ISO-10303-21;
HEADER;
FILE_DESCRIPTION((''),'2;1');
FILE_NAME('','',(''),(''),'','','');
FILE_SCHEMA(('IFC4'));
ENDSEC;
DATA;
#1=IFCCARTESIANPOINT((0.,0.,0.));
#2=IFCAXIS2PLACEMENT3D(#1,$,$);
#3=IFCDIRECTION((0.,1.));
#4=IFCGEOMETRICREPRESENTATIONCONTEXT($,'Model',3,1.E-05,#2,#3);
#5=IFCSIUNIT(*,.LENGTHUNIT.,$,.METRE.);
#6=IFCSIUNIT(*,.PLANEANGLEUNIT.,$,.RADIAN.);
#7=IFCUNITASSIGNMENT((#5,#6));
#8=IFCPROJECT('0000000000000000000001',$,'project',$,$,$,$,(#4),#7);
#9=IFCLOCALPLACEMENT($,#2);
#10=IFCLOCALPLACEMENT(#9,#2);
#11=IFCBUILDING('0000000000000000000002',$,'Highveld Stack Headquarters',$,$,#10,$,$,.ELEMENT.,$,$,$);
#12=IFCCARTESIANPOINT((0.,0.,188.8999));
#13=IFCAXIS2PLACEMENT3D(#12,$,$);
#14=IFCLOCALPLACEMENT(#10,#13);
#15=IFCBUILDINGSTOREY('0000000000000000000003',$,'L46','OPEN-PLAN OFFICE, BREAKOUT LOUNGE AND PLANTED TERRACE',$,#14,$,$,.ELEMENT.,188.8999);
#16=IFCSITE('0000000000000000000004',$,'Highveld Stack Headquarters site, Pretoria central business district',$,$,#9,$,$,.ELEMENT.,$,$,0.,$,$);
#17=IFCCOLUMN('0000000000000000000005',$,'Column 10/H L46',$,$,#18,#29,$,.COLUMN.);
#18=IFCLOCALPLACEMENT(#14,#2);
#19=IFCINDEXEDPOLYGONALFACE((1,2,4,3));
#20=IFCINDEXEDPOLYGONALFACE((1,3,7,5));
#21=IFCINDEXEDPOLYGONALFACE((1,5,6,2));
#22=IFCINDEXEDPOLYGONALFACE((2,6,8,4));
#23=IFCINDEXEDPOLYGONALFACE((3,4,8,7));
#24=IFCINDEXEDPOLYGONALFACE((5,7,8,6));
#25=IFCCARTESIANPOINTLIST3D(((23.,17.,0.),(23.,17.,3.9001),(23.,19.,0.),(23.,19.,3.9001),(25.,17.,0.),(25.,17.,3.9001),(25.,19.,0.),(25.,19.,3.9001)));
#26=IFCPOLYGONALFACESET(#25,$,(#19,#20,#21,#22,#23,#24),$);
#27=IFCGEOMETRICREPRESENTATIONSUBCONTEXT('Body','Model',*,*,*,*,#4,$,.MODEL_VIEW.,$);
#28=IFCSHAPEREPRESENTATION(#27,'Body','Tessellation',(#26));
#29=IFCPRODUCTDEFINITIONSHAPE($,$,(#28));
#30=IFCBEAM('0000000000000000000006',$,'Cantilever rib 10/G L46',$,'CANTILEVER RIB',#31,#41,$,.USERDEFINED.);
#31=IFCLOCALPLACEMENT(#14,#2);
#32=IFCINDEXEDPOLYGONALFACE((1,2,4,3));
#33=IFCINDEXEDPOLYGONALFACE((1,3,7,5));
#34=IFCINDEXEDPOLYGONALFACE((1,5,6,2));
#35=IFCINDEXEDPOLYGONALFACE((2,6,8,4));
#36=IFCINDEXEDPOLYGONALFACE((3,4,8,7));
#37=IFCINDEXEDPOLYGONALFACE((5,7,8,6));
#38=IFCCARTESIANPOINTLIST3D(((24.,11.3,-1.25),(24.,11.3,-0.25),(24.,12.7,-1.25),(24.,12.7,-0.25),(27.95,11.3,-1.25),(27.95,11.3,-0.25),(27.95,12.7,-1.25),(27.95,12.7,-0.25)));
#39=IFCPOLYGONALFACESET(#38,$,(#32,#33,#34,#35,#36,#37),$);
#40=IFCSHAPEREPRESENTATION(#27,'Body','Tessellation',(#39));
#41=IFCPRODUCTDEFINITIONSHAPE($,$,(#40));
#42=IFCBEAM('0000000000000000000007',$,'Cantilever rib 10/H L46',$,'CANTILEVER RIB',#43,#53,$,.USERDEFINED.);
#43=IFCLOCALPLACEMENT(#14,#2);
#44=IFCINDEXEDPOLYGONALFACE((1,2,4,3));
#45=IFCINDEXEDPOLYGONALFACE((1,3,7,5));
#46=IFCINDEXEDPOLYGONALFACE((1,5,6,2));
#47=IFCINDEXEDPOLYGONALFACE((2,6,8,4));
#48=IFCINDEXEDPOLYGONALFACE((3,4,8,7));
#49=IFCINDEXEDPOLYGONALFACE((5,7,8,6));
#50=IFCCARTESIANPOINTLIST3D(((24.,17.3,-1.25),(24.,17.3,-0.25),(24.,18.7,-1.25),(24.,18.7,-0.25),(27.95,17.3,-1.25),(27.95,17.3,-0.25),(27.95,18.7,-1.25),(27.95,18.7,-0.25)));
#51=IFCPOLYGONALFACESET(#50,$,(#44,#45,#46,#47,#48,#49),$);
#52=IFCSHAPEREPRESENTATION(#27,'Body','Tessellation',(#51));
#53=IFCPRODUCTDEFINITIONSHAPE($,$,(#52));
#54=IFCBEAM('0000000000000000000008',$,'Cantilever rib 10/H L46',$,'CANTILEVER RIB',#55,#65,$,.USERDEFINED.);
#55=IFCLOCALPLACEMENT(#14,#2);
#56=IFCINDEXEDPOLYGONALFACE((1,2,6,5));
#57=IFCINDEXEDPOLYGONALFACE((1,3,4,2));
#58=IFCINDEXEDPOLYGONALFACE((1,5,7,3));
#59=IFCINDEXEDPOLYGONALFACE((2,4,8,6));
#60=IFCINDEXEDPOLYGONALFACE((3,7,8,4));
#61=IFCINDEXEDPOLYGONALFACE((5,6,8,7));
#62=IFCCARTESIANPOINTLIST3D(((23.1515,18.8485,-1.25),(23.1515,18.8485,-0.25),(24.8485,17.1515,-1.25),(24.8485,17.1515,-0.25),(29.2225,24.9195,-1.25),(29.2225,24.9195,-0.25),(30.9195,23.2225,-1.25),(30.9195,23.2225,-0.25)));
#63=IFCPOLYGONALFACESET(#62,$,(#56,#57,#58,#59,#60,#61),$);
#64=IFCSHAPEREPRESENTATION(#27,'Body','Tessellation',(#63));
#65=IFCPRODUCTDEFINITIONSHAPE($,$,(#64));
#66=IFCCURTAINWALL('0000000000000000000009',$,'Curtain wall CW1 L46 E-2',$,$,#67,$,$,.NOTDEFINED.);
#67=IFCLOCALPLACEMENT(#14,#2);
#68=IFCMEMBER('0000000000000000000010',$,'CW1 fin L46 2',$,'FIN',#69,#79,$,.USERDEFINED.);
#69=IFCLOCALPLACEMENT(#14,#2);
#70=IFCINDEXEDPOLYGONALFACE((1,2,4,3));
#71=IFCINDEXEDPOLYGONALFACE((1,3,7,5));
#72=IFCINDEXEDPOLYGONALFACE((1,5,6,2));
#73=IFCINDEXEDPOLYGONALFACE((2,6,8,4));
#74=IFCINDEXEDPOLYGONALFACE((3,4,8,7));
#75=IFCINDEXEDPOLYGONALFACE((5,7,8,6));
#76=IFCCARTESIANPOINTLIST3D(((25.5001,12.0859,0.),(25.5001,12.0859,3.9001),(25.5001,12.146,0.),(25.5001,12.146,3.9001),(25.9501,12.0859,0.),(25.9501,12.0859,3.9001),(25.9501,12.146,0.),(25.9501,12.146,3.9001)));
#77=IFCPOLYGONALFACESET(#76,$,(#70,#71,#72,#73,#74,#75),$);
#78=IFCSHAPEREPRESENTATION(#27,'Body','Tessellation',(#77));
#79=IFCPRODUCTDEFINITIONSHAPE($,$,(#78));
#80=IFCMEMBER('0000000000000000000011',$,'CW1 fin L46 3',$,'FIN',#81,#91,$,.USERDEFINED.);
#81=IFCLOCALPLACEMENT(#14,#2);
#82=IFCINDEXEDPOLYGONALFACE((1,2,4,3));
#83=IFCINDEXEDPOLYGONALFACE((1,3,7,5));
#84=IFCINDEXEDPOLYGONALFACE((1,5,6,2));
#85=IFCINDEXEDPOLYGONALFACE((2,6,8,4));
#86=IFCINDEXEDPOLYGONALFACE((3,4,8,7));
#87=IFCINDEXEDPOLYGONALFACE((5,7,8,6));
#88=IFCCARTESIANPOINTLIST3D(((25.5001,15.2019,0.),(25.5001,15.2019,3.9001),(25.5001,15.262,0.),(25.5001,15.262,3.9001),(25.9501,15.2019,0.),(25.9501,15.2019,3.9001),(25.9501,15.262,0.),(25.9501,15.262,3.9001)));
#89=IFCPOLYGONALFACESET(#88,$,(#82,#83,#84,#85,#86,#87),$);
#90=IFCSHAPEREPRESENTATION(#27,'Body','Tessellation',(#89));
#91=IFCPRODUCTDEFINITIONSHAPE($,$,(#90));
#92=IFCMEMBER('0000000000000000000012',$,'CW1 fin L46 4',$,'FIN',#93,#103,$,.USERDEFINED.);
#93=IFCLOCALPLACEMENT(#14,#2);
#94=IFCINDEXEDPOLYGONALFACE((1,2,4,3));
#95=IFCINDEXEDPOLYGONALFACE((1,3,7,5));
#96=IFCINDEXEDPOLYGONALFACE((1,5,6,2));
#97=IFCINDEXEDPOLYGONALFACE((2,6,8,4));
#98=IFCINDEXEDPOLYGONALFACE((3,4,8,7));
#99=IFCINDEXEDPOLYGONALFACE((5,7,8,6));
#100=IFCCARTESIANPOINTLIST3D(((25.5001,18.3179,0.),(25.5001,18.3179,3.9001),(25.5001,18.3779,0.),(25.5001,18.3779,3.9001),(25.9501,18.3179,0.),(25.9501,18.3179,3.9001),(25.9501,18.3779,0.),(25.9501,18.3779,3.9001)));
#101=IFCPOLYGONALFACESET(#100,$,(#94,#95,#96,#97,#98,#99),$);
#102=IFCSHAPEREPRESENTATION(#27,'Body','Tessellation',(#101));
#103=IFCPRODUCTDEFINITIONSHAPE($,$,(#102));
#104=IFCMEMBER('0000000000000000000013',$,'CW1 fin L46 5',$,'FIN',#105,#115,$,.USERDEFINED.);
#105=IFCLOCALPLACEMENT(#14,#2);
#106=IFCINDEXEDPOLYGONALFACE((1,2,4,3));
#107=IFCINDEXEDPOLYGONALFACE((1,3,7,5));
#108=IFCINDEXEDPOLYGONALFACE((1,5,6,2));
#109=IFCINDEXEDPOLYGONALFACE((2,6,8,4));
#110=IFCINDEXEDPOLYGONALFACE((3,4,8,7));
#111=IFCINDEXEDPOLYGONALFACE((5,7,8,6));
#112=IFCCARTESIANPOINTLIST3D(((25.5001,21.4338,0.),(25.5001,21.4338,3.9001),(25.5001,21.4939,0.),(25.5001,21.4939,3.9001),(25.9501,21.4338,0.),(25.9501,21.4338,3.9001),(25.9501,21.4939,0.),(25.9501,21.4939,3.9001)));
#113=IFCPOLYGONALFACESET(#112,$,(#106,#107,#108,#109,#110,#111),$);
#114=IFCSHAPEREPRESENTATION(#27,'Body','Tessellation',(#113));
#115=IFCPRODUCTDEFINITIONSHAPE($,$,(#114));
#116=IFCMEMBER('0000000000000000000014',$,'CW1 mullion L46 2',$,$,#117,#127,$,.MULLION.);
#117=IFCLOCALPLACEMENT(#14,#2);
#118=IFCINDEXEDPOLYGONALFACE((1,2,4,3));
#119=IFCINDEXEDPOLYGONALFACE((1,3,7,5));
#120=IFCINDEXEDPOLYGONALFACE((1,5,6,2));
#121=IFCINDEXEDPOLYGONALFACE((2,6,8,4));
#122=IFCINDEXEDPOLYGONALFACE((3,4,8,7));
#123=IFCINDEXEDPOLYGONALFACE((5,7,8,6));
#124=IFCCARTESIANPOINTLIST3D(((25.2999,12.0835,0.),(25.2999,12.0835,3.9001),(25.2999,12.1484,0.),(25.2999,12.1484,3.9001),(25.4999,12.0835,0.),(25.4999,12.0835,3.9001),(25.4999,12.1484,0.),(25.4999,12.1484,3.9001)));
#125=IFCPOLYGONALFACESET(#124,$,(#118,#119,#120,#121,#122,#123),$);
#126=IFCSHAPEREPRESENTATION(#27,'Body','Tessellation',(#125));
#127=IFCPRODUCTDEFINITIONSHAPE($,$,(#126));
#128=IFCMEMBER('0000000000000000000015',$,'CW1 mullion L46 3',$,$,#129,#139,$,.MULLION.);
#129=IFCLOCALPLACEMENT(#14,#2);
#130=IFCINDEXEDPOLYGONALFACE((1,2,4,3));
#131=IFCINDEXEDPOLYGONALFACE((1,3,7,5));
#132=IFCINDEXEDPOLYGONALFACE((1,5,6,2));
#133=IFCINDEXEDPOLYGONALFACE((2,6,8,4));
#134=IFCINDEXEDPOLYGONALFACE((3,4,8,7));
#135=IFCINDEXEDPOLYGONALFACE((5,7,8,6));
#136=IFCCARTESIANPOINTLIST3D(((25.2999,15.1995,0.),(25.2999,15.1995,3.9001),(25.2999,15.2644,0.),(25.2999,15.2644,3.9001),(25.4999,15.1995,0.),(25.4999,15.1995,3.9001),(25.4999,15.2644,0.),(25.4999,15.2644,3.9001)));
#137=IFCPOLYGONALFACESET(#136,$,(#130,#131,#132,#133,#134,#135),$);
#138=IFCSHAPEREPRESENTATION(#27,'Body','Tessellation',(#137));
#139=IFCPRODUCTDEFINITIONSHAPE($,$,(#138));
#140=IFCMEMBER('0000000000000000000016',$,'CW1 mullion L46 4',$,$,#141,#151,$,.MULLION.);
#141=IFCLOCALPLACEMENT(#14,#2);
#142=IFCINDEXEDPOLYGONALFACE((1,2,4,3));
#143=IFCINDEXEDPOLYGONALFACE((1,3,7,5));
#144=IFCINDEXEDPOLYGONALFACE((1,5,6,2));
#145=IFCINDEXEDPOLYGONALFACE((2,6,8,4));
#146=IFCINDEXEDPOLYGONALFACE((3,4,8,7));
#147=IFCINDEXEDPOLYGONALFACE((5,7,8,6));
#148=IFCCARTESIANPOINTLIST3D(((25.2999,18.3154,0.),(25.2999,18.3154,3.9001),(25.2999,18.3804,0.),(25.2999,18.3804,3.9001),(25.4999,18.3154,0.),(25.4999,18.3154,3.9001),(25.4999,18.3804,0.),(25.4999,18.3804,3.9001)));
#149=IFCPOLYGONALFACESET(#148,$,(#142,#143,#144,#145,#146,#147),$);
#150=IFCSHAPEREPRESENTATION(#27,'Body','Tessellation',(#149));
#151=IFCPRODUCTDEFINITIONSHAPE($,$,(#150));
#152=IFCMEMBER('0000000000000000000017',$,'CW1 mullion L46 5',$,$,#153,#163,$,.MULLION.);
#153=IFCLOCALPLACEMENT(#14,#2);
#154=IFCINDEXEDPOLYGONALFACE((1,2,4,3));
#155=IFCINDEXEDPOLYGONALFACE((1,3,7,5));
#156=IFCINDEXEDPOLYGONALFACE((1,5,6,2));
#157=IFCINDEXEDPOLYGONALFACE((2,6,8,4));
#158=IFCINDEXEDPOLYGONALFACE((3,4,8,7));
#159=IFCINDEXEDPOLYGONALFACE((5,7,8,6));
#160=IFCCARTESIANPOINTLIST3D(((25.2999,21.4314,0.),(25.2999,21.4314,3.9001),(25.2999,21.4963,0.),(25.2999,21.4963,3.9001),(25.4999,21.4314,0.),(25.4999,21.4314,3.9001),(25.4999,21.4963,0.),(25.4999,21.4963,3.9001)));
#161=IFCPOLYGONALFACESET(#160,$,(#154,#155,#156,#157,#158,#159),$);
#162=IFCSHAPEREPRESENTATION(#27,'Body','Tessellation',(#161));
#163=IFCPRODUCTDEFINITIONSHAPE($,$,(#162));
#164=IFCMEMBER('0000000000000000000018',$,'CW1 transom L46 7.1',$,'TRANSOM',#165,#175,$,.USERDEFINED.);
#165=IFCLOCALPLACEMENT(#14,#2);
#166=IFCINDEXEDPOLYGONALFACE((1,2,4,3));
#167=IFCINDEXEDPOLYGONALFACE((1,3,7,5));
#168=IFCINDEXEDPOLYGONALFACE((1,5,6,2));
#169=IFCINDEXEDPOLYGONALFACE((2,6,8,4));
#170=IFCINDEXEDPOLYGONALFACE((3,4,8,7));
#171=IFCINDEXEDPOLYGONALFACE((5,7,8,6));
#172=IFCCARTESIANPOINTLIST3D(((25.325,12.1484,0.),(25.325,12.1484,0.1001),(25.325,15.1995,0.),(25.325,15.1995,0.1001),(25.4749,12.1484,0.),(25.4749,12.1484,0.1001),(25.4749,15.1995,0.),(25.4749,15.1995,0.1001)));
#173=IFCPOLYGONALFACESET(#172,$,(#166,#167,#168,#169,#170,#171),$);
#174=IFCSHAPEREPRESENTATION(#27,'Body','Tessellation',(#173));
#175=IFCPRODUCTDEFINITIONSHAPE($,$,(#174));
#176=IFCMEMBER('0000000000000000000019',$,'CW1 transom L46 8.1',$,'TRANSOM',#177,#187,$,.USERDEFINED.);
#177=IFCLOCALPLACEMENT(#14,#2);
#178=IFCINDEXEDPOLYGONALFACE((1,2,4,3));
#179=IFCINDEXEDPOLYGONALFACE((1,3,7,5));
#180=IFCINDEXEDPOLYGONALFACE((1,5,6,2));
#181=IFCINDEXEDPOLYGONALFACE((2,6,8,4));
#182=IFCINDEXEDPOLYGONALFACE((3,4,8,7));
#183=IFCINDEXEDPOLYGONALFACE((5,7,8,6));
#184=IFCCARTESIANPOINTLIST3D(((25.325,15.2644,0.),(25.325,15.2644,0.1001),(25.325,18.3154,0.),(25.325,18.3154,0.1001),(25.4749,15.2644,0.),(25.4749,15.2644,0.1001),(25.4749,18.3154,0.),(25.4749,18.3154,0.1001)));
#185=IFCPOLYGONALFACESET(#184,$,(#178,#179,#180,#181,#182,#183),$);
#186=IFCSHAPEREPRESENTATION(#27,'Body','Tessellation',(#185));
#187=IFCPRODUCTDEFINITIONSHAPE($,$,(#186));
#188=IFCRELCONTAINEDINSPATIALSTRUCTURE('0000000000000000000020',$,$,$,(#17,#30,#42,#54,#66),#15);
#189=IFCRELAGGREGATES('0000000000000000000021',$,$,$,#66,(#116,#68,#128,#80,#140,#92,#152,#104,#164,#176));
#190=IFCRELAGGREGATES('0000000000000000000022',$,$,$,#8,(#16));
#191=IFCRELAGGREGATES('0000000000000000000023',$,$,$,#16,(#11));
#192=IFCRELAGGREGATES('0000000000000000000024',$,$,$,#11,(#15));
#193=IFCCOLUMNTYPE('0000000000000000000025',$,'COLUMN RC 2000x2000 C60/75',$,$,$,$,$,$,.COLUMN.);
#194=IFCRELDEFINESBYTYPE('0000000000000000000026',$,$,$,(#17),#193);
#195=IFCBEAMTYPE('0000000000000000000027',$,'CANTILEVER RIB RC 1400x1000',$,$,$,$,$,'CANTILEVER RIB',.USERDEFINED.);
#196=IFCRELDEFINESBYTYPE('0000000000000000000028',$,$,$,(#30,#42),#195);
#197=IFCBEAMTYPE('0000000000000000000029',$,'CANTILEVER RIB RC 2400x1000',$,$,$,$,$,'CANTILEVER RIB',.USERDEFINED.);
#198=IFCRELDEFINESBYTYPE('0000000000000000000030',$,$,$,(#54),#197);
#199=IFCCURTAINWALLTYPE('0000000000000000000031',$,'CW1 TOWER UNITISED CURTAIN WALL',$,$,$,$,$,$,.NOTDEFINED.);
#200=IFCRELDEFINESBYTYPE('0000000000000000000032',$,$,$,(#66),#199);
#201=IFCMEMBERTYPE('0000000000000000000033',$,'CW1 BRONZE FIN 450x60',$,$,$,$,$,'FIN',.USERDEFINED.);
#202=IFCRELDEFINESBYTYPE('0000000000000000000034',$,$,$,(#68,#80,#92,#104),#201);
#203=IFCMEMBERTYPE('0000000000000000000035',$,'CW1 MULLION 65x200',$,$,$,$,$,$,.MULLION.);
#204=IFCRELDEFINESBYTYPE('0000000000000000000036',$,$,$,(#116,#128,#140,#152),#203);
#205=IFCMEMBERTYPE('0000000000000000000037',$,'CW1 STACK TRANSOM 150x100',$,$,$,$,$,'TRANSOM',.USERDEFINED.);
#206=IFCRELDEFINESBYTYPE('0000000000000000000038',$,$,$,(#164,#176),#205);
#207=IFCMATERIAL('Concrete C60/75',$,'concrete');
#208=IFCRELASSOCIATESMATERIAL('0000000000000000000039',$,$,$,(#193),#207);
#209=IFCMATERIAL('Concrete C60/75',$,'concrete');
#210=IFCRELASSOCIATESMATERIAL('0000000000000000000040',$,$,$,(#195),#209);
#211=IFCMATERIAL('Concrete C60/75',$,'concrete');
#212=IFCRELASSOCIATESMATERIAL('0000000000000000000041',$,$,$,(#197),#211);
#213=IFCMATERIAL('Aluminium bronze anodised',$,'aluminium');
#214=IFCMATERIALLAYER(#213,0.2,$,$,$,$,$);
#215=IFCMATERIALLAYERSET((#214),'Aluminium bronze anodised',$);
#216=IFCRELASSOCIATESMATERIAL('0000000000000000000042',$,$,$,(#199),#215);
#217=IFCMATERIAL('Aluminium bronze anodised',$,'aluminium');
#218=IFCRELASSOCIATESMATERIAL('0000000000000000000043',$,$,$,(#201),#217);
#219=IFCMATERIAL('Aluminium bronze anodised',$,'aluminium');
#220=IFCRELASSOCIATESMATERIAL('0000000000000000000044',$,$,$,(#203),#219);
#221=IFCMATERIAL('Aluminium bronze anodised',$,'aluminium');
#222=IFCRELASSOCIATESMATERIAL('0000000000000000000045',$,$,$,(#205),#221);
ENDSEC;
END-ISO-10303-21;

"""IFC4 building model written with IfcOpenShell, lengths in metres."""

from ifc_helpers import new_model, si_unit, direction, frame, origin, origin_2d, place, context, subcontext, project, spatial, rectangle, extrude, material, layer, layer_set, material_profile, profile_set, type_object, element, aggregate, save


model = new_model("IFC4")

# Units and contexts
model_context = context("Model", 3, precision=1e-05, world=origin(), true_north=direction((0.0, 1.0)))
body_context = subcontext(model_context, "Body", "Model", "MODEL_VIEW")
ifc_project = project(units=[si_unit("LENGTHUNIT", "METRE"), si_unit("PLANEANGLEUNIT", "RADIAN")], contexts=[model_context])

# Site, building, storey
site_placement = place(None, origin())
site = spatial("IfcSite", under=ifc_project, at=site_placement, Name="Highveld Stack Headquarters site, Pretoria central business district", CompositionType="ELEMENT", RefElevation=0.0)
building_placement = place(site_placement, origin())
building = spatial("IfcBuilding", under=site, at=building_placement, Name="Highveld Stack Headquarters", CompositionType="ELEMENT")
storey_placement = place(building_placement, frame((0.0, 0.0, 188.8999)))
storey = spatial("IfcBuildingStorey", under=building, at=storey_placement, Name="L46", Description="OPEN-PLAN OFFICE, BREAKOUT LOUNGE AND PLANTED TERRACE", CompositionType="ELEMENT", Elevation=188.8999)

# Column
ifc_material_1 = material(Name="Concrete C60/75", Category="concrete")
ifc_material_profile_1 = material_profile(ifc_material_1, rectangle(XDim=2.0, YDim=2.0, at=origin_2d()), Name="RC 2000x2000")
ifc_profile_set_1 = profile_set([ifc_material_profile_1], Name="Concrete C60/75")
column_type = type_object("IfcColumnType", Name="COLUMN RC 2000x2000 C60/75", PredefinedType="COLUMN", material=ifc_profile_set_1)
column_placement = place(storey_placement, frame((24.0, 18.0, 0.0), z_axis=(0.0, 0.0, 1.0), x_axis=(1.0, 0.0, 0.0)))
element("IfcColumn", 1, at=column_placement, inside=storey, type_object=column_type, Name="Column 10/H L46", PredefinedType="COLUMN", context=body_context, shape_type="SweptSolid", body=[
    extrude(rectangle(XDim=2.0, YDim=2.0, at=origin_2d()), origin(), (0.0, 0.0, 1.0), 3.9001),
])

# Beams
ifc_material_2 = material(Name="Concrete C60/75", Category="concrete")
ifc_material_profile_2 = material_profile(ifc_material_2, rectangle(XDim=1.3999, YDim=1.0, at=origin_2d()), Name="RC 1400x1000")
ifc_profile_set_2 = profile_set([ifc_material_profile_2], Name="Concrete C60/75")
beam_type_1 = type_object("IfcBeamType", Name="CANTILEVER RIB RC 1400x1000", ElementType="CANTILEVER RIB", PredefinedType="USERDEFINED", material=ifc_profile_set_2)
for number, where, z_axis, x_axis, name in (
    (2, (24.0, 12.0, -0.75), (1.0, 0.0, 0.0), (0.0, 1.0, 0.0), "Cantilever rib 10/G L46"),
    (3, (24.0, 18.0, -0.75), (1.0, 0.0, 0.0), (0.0, 1.0, 0.0), "Cantilever rib 10/H L46"),
):
    element("IfcBeam", number, at=place(storey_placement, frame(where, z_axis=z_axis, x_axis=x_axis)), inside=storey, type_object=beam_type_1, Name=name, ObjectType="CANTILEVER RIB", PredefinedType="USERDEFINED", context=body_context, shape_type="SweptSolid", body=[
        extrude(rectangle(XDim=1.3999, YDim=1.0, at=origin_2d()), origin(), (0.0, 0.0, 1.0), 3.95),
    ])
ifc_material_3 = material(Name="Concrete C60/75", Category="concrete")
ifc_material_profile_3 = material_profile(ifc_material_3, rectangle(XDim=2.3999, YDim=1.0, at=origin_2d()), Name="RC 2400x1000")
ifc_profile_set_3 = profile_set([ifc_material_profile_3], Name="Concrete C60/75")
beam_type_2 = type_object("IfcBeamType", Name="CANTILEVER RIB RC 2400x1000", ElementType="CANTILEVER RIB", PredefinedType="USERDEFINED", material=ifc_profile_set_3)
beam_1_placement = place(storey_placement, frame((24.0, 18.0, -0.75), z_axis=(0.707107, 0.707107, 0.0), x_axis=(-0.707107, 0.707107, 0.0)))
element("IfcBeam", 4, at=beam_1_placement, inside=storey, type_object=beam_type_2, Name="Cantilever rib 10/H L46", ObjectType="CANTILEVER RIB", PredefinedType="USERDEFINED", context=body_context, shape_type="SweptSolid", body=[
    extrude(rectangle(XDim=2.3999, YDim=1.0, at=origin_2d()), origin(), (0.0, 0.0, 1.0), 8.5857),
])

# Curtain wall, members
ifc_material_4 = material(Name="Aluminium bronze anodised", Category="aluminium")
ifc_layer_1 = layer(ifc_material_4, 0.2)
ifc_layer_set_1 = layer_set([ifc_layer_1], Name="Aluminium bronze anodised")
curtain_wall_type = type_object("IfcCurtainWallType", Name="CW1 TOWER UNITISED CURTAIN WALL", PredefinedType="NOTDEFINED", material=ifc_layer_set_1)
curtain_wall_placement = place(storey_placement, origin())
curtain_wall = element("IfcCurtainWall", 5, at=curtain_wall_placement, inside=storey, type_object=curtain_wall_type, Name="Curtain wall CW1 L46 E-2", PredefinedType="NOTDEFINED")
ifc_material_5 = material(Name="Aluminium bronze anodised", Category="aluminium")
ifc_material_profile_4 = material_profile(ifc_material_5, rectangle(XDim=0.45, YDim=0.0601, at=origin_2d()), Name="FIN 450x60")
ifc_profile_set_4 = profile_set([ifc_material_profile_4], Name="Aluminium bronze anodised")
member_type_1 = type_object("IfcMemberType", Name="CW1 BRONZE FIN 450x60", ElementType="FIN", PredefinedType="USERDEFINED", material=ifc_profile_set_4)
member_1_placement = place(storey_placement, frame((25.7251, 12.116, 0.0), z_axis=(0.0, 0.0, 1.0), x_axis=(-1.0, 0.0, 0.0)))
member_1 = element("IfcMember", 6, at=member_1_placement, type_object=member_type_1, Name="CW1 fin L46 2", ObjectType="FIN", PredefinedType="USERDEFINED", context=body_context, shape_type="SweptSolid", body=[
    extrude(rectangle(XDim=0.45, YDim=0.0601, at=origin_2d()), origin(), (0.0, 0.0, 1.0), 3.9001),
])
member_2_placement = place(storey_placement, frame((25.7251, 15.2319, 0.0), z_axis=(0.0, 0.0, 1.0), x_axis=(-1.0, 0.0, 0.0)))
member_2 = element("IfcMember", 7, at=member_2_placement, type_object=member_type_1, Name="CW1 fin L46 3", ObjectType="FIN", PredefinedType="USERDEFINED", context=body_context, shape_type="SweptSolid", body=[
    extrude(rectangle(XDim=0.45, YDim=0.0601, at=origin_2d()), origin(), (0.0, 0.0, 1.0), 3.9001),
])
member_3_placement = place(storey_placement, frame((25.7251, 18.3479, 0.0), z_axis=(0.0, 0.0, 1.0), x_axis=(-1.0, 0.0, 0.0)))
member_3 = element("IfcMember", 8, at=member_3_placement, type_object=member_type_1, Name="CW1 fin L46 4", ObjectType="FIN", PredefinedType="USERDEFINED", context=body_context, shape_type="SweptSolid", body=[
    extrude(rectangle(XDim=0.45, YDim=0.0601, at=origin_2d()), origin(), (0.0, 0.0, 1.0), 3.9001),
])
member_4_placement = place(storey_placement, frame((25.7251, 21.4639, 0.0), z_axis=(0.0, 0.0, 1.0), x_axis=(-1.0, 0.0, 0.0)))
member_4 = element("IfcMember", 9, at=member_4_placement, type_object=member_type_1, Name="CW1 fin L46 5", ObjectType="FIN", PredefinedType="USERDEFINED", context=body_context, shape_type="SweptSolid", body=[
    extrude(rectangle(XDim=0.45, YDim=0.0601, at=origin_2d()), origin(), (0.0, 0.0, 1.0), 3.9001),
])
ifc_material_6 = material(Name="Aluminium bronze anodised", Category="aluminium")
ifc_material_profile_5 = material_profile(ifc_material_6, rectangle(XDim=0.2, YDim=0.0649, at=origin_2d()), Name="CW1 MULLION 65x200")
ifc_profile_set_5 = profile_set([ifc_material_profile_5], Name="Aluminium bronze anodised")
member_type_2 = type_object("IfcMemberType", Name="CW1 MULLION 65x200", PredefinedType="MULLION", material=ifc_profile_set_5)
member_5_placement = place(storey_placement, frame((25.3999, 12.116, 0.0), z_axis=(0.0, 0.0, 1.0), x_axis=(-1.0, 0.0, 0.0)))
member_5 = element("IfcMember", 10, at=member_5_placement, type_object=member_type_2, Name="CW1 mullion L46 2", PredefinedType="MULLION", context=body_context, shape_type="SweptSolid", body=[
    extrude(rectangle(XDim=0.2, YDim=0.0649, at=origin_2d()), origin(), (0.0, 0.0, 1.0), 3.9001),
])
member_6_placement = place(storey_placement, frame((25.3999, 15.2319, 0.0), z_axis=(0.0, 0.0, 1.0), x_axis=(-1.0, 0.0, 0.0)))
member_6 = element("IfcMember", 11, at=member_6_placement, type_object=member_type_2, Name="CW1 mullion L46 3", PredefinedType="MULLION", context=body_context, shape_type="SweptSolid", body=[
    extrude(rectangle(XDim=0.2, YDim=0.0649, at=origin_2d()), origin(), (0.0, 0.0, 1.0), 3.9001),
])
member_7_placement = place(storey_placement, frame((25.3999, 18.3479, 0.0), z_axis=(0.0, 0.0, 1.0), x_axis=(-1.0, 0.0, 0.0)))
member_7 = element("IfcMember", 12, at=member_7_placement, type_object=member_type_2, Name="CW1 mullion L46 4", PredefinedType="MULLION", context=body_context, shape_type="SweptSolid", body=[
    extrude(rectangle(XDim=0.2, YDim=0.0649, at=origin_2d()), origin(), (0.0, 0.0, 1.0), 3.9001),
])
member_8_placement = place(storey_placement, frame((25.3999, 21.4639, 0.0), z_axis=(0.0, 0.0, 1.0), x_axis=(-1.0, 0.0, 0.0)))
member_8 = element("IfcMember", 13, at=member_8_placement, type_object=member_type_2, Name="CW1 mullion L46 5", PredefinedType="MULLION", context=body_context, shape_type="SweptSolid", body=[
    extrude(rectangle(XDim=0.2, YDim=0.0649, at=origin_2d()), origin(), (0.0, 0.0, 1.0), 3.9001),
])
ifc_material_7 = material(Name="Aluminium bronze anodised", Category="aluminium")
ifc_material_profile_6 = material_profile(ifc_material_7, rectangle(XDim=0.1499, YDim=0.1001, at=origin_2d()), Name="CW1 TRANSOM 150x100")
ifc_profile_set_6 = profile_set([ifc_material_profile_6], Name="Aluminium bronze anodised")
member_type_3 = type_object("IfcMemberType", Name="CW1 STACK TRANSOM 150x100", ElementType="TRANSOM", PredefinedType="USERDEFINED", material=ifc_profile_set_6)
member_9_placement = place(storey_placement, frame((25.3999, 12.1484, 0.05), z_axis=(0.0, 1.0, 0.0), x_axis=(-1.0, 0.0, 0.0)))
member_9 = element("IfcMember", 14, at=member_9_placement, type_object=member_type_3, Name="CW1 transom L46 7.1", ObjectType="TRANSOM", PredefinedType="USERDEFINED", context=body_context, shape_type="SweptSolid", body=[
    extrude(rectangle(XDim=0.1499, YDim=0.1001, at=origin_2d()), origin(), (0.0, 0.0, 1.0), 3.051),
])
member_10_placement = place(storey_placement, frame((25.3999, 15.2644, 0.05), z_axis=(0.0, 1.0, 0.0), x_axis=(-1.0, 0.0, 0.0)))
member_10 = element("IfcMember", 15, at=member_10_placement, type_object=member_type_3, Name="CW1 transom L46 8.1", ObjectType="TRANSOM", PredefinedType="USERDEFINED", context=body_context, shape_type="SweptSolid", body=[
    extrude(rectangle(XDim=0.1499, YDim=0.1001, at=origin_2d()), origin(), (0.0, 0.0, 1.0), 3.051),
])

aggregate(curtain_wall, [member_5, member_1, member_6, member_2, member_7, member_3, member_8, member_4, member_9, member_10])

save(model, "model.ifc")
